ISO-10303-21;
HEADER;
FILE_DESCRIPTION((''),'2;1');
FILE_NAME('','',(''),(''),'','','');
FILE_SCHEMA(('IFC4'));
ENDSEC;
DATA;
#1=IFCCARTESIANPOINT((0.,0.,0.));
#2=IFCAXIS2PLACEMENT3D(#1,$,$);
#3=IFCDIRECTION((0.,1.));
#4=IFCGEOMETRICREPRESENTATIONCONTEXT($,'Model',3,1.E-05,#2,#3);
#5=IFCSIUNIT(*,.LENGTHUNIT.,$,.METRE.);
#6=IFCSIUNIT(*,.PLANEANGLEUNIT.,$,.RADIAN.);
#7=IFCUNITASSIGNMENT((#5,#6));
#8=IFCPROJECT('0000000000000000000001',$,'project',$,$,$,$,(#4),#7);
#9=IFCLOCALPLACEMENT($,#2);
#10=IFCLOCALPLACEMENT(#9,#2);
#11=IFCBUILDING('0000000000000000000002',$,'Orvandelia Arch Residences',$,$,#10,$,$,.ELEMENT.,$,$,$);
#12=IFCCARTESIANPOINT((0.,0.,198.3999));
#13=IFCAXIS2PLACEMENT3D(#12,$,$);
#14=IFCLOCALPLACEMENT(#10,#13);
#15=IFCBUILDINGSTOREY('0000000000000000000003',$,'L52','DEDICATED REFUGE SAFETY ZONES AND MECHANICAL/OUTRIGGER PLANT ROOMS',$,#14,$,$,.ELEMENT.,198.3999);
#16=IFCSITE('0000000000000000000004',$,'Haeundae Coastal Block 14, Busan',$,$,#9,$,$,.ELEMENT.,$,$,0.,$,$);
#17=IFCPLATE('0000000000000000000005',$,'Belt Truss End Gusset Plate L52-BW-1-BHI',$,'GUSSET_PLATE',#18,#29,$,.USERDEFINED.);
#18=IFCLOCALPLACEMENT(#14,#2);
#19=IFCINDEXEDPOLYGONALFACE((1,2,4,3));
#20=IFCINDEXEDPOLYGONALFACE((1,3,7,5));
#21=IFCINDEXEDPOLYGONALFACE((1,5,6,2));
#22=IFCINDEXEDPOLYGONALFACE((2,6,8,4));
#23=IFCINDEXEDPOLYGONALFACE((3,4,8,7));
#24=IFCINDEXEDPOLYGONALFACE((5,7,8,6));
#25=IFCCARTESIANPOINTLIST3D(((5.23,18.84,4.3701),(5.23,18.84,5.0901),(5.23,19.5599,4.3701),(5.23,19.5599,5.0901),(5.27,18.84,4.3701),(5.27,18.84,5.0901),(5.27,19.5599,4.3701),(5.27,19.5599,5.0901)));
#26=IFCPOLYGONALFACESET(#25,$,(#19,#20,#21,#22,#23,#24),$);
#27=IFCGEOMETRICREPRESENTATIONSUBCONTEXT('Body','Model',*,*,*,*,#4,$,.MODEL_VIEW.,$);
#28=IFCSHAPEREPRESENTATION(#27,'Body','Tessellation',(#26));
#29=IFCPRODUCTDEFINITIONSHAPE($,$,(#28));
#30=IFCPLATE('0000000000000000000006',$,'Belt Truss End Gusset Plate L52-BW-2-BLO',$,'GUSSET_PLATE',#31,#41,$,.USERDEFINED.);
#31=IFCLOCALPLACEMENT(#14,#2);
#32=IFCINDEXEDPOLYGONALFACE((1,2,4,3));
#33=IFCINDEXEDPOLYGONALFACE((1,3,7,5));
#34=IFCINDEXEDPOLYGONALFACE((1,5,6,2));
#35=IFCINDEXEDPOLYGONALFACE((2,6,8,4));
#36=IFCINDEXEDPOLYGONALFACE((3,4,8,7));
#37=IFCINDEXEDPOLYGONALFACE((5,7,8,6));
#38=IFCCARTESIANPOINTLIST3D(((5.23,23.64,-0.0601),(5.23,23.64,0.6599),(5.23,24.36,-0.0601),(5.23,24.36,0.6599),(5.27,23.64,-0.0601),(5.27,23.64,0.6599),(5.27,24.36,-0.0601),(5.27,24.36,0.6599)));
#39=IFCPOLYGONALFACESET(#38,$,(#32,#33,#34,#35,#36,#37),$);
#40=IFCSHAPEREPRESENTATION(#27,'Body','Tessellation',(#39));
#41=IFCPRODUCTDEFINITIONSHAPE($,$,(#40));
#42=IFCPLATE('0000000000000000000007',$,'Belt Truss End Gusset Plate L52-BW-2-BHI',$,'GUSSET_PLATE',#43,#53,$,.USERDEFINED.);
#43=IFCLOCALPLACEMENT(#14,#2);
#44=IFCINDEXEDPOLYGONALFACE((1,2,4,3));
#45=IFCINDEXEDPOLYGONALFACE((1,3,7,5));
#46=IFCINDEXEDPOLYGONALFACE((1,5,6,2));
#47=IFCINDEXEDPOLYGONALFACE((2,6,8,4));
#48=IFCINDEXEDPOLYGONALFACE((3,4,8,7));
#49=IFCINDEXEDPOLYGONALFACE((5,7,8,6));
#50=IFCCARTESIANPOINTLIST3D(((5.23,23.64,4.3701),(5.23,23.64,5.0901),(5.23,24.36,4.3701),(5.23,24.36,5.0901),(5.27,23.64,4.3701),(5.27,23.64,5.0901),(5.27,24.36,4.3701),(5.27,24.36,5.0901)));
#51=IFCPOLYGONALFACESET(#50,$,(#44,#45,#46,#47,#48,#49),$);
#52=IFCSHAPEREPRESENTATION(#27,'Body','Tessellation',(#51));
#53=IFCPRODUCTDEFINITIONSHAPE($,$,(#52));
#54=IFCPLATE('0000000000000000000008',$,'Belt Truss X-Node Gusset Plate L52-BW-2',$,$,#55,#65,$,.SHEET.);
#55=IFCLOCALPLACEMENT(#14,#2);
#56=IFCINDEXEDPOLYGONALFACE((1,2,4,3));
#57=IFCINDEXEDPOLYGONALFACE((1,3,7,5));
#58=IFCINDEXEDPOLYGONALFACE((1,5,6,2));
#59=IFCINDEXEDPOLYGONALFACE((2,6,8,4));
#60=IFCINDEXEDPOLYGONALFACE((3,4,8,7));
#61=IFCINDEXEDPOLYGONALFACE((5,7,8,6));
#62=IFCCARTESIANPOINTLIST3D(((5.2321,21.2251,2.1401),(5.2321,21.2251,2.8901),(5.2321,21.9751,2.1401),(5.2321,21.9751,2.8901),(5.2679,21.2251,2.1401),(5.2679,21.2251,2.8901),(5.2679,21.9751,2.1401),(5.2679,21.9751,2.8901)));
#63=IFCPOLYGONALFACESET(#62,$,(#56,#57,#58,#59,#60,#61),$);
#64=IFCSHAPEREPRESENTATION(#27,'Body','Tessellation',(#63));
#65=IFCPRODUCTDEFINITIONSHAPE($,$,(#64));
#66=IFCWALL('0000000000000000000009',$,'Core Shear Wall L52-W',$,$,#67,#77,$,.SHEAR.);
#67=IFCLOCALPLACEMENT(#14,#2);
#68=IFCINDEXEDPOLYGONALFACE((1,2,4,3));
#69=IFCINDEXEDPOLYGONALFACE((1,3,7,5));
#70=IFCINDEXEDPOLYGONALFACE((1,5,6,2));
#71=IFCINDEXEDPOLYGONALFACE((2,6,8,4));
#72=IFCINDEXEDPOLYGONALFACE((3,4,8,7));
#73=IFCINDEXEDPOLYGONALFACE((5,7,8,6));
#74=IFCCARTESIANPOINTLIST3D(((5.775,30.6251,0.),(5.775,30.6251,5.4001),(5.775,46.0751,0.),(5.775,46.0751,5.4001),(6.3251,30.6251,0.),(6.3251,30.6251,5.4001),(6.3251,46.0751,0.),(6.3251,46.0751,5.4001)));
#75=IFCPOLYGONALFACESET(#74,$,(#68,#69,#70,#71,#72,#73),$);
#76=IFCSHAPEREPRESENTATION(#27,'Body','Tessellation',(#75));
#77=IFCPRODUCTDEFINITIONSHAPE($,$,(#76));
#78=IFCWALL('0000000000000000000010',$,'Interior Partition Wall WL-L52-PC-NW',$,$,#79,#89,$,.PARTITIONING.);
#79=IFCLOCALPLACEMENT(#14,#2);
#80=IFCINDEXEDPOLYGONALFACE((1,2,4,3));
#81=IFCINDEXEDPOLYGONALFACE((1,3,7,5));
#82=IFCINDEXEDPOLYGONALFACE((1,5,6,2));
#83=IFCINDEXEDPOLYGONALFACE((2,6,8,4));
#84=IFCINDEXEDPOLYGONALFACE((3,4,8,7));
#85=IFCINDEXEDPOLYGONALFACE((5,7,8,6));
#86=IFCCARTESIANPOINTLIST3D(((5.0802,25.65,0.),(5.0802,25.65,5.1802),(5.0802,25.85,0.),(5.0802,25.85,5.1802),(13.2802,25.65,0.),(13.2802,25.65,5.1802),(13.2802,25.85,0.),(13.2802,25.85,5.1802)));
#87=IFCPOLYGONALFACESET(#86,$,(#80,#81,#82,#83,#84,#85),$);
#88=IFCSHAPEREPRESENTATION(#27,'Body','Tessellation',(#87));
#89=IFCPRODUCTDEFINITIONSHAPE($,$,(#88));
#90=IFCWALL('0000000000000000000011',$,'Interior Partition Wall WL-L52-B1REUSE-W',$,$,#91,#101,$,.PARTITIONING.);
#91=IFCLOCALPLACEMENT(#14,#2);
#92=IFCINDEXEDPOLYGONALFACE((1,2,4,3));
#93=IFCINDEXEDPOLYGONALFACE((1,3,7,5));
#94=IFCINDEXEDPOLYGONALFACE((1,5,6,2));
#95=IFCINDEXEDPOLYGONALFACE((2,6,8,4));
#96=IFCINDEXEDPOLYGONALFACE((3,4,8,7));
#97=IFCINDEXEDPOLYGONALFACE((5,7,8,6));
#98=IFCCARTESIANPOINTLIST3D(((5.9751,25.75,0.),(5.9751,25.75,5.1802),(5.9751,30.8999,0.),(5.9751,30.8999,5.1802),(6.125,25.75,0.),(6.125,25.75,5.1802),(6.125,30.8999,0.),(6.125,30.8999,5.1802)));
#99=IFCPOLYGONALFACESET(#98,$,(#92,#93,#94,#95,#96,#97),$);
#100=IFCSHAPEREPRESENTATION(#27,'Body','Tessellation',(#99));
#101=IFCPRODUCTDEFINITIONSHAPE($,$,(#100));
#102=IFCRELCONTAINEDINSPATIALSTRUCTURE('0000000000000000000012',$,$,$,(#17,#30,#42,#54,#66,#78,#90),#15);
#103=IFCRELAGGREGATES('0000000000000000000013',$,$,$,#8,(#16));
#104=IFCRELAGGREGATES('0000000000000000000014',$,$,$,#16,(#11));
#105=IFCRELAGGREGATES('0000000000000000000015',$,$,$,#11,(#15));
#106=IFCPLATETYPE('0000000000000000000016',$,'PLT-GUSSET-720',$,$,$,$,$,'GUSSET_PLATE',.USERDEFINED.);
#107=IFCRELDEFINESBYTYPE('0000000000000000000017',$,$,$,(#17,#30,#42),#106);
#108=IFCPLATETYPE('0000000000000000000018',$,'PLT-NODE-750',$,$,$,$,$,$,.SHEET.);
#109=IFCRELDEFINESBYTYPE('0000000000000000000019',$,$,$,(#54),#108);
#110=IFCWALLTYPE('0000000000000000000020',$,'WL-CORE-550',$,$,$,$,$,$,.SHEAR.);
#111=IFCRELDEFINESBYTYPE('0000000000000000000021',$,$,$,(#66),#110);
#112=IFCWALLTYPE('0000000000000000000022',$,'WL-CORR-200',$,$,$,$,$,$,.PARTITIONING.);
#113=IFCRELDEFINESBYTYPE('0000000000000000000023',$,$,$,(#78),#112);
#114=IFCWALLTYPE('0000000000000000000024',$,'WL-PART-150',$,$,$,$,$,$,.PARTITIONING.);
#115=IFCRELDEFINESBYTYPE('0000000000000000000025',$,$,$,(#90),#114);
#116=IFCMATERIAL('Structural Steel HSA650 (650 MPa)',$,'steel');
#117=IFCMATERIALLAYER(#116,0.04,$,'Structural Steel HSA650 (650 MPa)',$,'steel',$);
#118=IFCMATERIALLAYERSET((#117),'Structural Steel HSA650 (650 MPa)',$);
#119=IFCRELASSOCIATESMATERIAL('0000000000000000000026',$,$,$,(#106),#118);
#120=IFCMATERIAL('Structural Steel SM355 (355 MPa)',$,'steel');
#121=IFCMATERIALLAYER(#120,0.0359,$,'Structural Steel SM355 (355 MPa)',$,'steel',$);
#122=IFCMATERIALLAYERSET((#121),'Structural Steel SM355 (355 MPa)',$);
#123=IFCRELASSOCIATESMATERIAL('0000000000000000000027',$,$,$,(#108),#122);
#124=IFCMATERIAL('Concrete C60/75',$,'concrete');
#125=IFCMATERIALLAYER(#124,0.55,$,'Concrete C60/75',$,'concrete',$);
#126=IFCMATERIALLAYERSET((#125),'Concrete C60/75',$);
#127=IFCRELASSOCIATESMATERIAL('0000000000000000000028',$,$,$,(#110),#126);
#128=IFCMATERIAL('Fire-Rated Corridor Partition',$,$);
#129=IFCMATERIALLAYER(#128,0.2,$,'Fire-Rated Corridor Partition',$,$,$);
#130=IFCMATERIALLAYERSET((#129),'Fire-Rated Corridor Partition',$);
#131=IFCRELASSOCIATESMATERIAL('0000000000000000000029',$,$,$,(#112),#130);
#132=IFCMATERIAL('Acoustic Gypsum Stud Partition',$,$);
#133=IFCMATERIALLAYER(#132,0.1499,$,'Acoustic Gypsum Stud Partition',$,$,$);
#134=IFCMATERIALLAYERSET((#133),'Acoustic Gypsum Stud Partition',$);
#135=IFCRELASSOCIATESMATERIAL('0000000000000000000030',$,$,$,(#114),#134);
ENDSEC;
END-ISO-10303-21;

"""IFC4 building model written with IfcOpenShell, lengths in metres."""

from ifc_helpers import new_model, si_unit, direction, frame, frame_2d, origin, origin_2d, place, context, subcontext, project, spatial, rectangle, extrude, material, layer, layer_set, type_object, element, save


model = new_model("IFC4")

# Units and contexts
model_context = context("Model", 3, precision=1e-05, world=origin(), true_north=direction((0.0, 1.0)))
body_context = subcontext(model_context, "Body", "Model", "MODEL_VIEW")
ifc_project = project(units=[si_unit("LENGTHUNIT", "METRE"), si_unit("PLANEANGLEUNIT", "RADIAN")], contexts=[model_context])

# Site, building, storey
site_placement = place(None, origin())
site = spatial("IfcSite", under=ifc_project, at=site_placement, Name="Haeundae Coastal Block 14, Busan", CompositionType="ELEMENT", RefElevation=0.0)
building_placement = place(site_placement, origin())
building = spatial("IfcBuilding", under=site, at=building_placement, Name="Orvandelia Arch Residences", CompositionType="ELEMENT")
storey_placement = place(building_placement, frame((0.0, 0.0, 198.3999)))
storey = spatial("IfcBuildingStorey", under=building, at=storey_placement, Name="L52", Description="DEDICATED REFUGE SAFETY ZONES AND MECHANICAL/OUTRIGGER PLANT ROOMS", CompositionType="ELEMENT", Elevation=198.3999)

# Shared definitions
ifc_material_1 = material(Name="Concrete C60/75", Category="concrete")

# Shared definitions
ifc_material_2 = material(Name="Structural Steel SM355 (355 MPa)", Category="steel")

# Shared definitions
ifc_material_3 = material(Name="Structural Steel HSA650 (650 MPa)", Category="steel")

# Plates
ifc_layer_1 = layer(ifc_material_3, 0.04, Name="Structural Steel HSA650 (650 MPa)", Category="steel")
ifc_layer_set_1 = layer_set([ifc_layer_1], Name="Structural Steel HSA650 (650 MPa)")
plate_type_1 = type_object("IfcPlateType", Name="PLT-GUSSET-720", ElementType="GUSSET_PLATE", PredefinedType="USERDEFINED", material=ifc_layer_set_1)
for number, where, z_axis, x_axis, name in (
    (1, (5.25, 19.2, 4.3701), (0.0, 0.0, 1.0), (0.0, 1.0, 0.0), "Belt Truss End Gusset Plate L52-BW-1-BHI"),
    (2, (5.25, 24.0, -0.0601), (0.0, 0.0, 1.0), (0.0, 1.0, 0.0), "Belt Truss End Gusset Plate L52-BW-2-BLO"),
    (3, (5.25, 24.0, 4.3701), (0.0, 0.0, 1.0), (0.0, 1.0, 0.0), "Belt Truss End Gusset Plate L52-BW-2-BHI"),
):
    element("IfcPlate", number, at=place(storey_placement, frame(where, z_axis=z_axis, x_axis=x_axis)), inside=storey, type_object=plate_type_1, Name=name, ObjectType="GUSSET_PLATE", PredefinedType="USERDEFINED", context=body_context, shape_type="SweptSolid", body=[
        extrude(rectangle(XDim=0.72, YDim=0.04, at=origin_2d()), origin(), (0.0, 0.0, 1.0), 0.72),
    ])
ifc_layer_2 = layer(ifc_material_2, 0.0359, Name="Structural Steel SM355 (355 MPa)", Category="steel")
ifc_layer_set_2 = layer_set([ifc_layer_2], Name="Structural Steel SM355 (355 MPa)")
plate_type_2 = type_object("IfcPlateType", Name="PLT-NODE-750", PredefinedType="SHEET", material=ifc_layer_set_2)
plate_placement = place(storey_placement, frame((5.25, 21.6001, 2.1401), z_axis=(0.0, 0.0, 1.0), x_axis=(0.0, 1.0, 0.0)))
element("IfcPlate", 4, at=plate_placement, inside=storey, type_object=plate_type_2, Name="Belt Truss X-Node Gusset Plate L52-BW-2", PredefinedType="SHEET", context=body_context, shape_type="SweptSolid", body=[
    extrude(rectangle(XDim=0.75, YDim=0.0359, at=origin_2d()), origin(), (0.0, 0.0, 1.0), 0.75),
])

# Walls
ifc_layer_3 = layer(ifc_material_1, 0.55, Name="Concrete C60/75", Category="concrete")
ifc_layer_set_3 = layer_set([ifc_layer_3], Name="Concrete C60/75")
wall_type_1 = type_object("IfcWallType", Name="WL-CORE-550", PredefinedType="SHEAR", material=ifc_layer_set_3)
wall_1_placement = place(storey_placement, frame((6.05, 30.625, 0.0), z_axis=(0.0, 0.0, 1.0), x_axis=(0.0, 1.0, 0.0)))
element("IfcWall", 5, at=wall_1_placement, inside=storey, type_object=wall_type_1, Name="Core Shear Wall L52-W", PredefinedType="SHEAR", context=body_context, shape_type="SweptSolid", body=[
    extrude(rectangle(XDim=15.45, YDim=0.55, at=frame_2d((7.7251, 0.0))), origin(), (0.0, 0.0, 1.0), 5.4001),
])
ifc_material_4 = material(Name="Fire-Rated Corridor Partition")
ifc_layer_4 = layer(ifc_material_4, 0.2, Name="Fire-Rated Corridor Partition")
ifc_layer_set_4 = layer_set([ifc_layer_4], Name="Fire-Rated Corridor Partition")
wall_type_2 = type_object("IfcWallType", Name="WL-CORR-200", PredefinedType="PARTITIONING", material=ifc_layer_set_4)
wall_2_placement = place(storey_placement, frame((5.0801, 25.75, 0.0), z_axis=(0.0, 0.0, 1.0), x_axis=(1.0, 0.0, 0.0)))
element("IfcWall", 6, at=wall_2_placement, inside=storey, type_object=wall_type_2, Name="Interior Partition Wall WL-L52-PC-NW", PredefinedType="PARTITIONING", context=body_context, shape_type="SweptSolid", body=[
    extrude(rectangle(XDim=8.2, YDim=0.2, at=frame_2d((4.1001, 0.0))), origin(), (0.0, 0.0, 1.0), 5.1802),
])
ifc_material_5 = material(Name="Acoustic Gypsum Stud Partition")
ifc_layer_5 = layer(ifc_material_5, 0.1499, Name="Acoustic Gypsum Stud Partition")
ifc_layer_set_5 = layer_set([ifc_layer_5], Name="Acoustic Gypsum Stud Partition")
wall_type_3 = type_object("IfcWallType", Name="WL-PART-150", PredefinedType="PARTITIONING", material=ifc_layer_set_5)
wall_3_placement = place(storey_placement, frame((6.05, 25.75, 0.0), z_axis=(0.0, 0.0, 1.0), x_axis=(0.0, 1.0, 0.0)))
element("IfcWall", 7, at=wall_3_placement, inside=storey, type_object=wall_type_3, Name="Interior Partition Wall WL-L52-B1REUSE-W", PredefinedType="PARTITIONING", context=body_context, shape_type="SweptSolid", body=[
    extrude(rectangle(XDim=5.1499, YDim=0.1499, at=frame_2d((2.575, 0.0))), origin(), (0.0, 0.0, 1.0), 5.1802),
])

save(model, "model.ifc")
